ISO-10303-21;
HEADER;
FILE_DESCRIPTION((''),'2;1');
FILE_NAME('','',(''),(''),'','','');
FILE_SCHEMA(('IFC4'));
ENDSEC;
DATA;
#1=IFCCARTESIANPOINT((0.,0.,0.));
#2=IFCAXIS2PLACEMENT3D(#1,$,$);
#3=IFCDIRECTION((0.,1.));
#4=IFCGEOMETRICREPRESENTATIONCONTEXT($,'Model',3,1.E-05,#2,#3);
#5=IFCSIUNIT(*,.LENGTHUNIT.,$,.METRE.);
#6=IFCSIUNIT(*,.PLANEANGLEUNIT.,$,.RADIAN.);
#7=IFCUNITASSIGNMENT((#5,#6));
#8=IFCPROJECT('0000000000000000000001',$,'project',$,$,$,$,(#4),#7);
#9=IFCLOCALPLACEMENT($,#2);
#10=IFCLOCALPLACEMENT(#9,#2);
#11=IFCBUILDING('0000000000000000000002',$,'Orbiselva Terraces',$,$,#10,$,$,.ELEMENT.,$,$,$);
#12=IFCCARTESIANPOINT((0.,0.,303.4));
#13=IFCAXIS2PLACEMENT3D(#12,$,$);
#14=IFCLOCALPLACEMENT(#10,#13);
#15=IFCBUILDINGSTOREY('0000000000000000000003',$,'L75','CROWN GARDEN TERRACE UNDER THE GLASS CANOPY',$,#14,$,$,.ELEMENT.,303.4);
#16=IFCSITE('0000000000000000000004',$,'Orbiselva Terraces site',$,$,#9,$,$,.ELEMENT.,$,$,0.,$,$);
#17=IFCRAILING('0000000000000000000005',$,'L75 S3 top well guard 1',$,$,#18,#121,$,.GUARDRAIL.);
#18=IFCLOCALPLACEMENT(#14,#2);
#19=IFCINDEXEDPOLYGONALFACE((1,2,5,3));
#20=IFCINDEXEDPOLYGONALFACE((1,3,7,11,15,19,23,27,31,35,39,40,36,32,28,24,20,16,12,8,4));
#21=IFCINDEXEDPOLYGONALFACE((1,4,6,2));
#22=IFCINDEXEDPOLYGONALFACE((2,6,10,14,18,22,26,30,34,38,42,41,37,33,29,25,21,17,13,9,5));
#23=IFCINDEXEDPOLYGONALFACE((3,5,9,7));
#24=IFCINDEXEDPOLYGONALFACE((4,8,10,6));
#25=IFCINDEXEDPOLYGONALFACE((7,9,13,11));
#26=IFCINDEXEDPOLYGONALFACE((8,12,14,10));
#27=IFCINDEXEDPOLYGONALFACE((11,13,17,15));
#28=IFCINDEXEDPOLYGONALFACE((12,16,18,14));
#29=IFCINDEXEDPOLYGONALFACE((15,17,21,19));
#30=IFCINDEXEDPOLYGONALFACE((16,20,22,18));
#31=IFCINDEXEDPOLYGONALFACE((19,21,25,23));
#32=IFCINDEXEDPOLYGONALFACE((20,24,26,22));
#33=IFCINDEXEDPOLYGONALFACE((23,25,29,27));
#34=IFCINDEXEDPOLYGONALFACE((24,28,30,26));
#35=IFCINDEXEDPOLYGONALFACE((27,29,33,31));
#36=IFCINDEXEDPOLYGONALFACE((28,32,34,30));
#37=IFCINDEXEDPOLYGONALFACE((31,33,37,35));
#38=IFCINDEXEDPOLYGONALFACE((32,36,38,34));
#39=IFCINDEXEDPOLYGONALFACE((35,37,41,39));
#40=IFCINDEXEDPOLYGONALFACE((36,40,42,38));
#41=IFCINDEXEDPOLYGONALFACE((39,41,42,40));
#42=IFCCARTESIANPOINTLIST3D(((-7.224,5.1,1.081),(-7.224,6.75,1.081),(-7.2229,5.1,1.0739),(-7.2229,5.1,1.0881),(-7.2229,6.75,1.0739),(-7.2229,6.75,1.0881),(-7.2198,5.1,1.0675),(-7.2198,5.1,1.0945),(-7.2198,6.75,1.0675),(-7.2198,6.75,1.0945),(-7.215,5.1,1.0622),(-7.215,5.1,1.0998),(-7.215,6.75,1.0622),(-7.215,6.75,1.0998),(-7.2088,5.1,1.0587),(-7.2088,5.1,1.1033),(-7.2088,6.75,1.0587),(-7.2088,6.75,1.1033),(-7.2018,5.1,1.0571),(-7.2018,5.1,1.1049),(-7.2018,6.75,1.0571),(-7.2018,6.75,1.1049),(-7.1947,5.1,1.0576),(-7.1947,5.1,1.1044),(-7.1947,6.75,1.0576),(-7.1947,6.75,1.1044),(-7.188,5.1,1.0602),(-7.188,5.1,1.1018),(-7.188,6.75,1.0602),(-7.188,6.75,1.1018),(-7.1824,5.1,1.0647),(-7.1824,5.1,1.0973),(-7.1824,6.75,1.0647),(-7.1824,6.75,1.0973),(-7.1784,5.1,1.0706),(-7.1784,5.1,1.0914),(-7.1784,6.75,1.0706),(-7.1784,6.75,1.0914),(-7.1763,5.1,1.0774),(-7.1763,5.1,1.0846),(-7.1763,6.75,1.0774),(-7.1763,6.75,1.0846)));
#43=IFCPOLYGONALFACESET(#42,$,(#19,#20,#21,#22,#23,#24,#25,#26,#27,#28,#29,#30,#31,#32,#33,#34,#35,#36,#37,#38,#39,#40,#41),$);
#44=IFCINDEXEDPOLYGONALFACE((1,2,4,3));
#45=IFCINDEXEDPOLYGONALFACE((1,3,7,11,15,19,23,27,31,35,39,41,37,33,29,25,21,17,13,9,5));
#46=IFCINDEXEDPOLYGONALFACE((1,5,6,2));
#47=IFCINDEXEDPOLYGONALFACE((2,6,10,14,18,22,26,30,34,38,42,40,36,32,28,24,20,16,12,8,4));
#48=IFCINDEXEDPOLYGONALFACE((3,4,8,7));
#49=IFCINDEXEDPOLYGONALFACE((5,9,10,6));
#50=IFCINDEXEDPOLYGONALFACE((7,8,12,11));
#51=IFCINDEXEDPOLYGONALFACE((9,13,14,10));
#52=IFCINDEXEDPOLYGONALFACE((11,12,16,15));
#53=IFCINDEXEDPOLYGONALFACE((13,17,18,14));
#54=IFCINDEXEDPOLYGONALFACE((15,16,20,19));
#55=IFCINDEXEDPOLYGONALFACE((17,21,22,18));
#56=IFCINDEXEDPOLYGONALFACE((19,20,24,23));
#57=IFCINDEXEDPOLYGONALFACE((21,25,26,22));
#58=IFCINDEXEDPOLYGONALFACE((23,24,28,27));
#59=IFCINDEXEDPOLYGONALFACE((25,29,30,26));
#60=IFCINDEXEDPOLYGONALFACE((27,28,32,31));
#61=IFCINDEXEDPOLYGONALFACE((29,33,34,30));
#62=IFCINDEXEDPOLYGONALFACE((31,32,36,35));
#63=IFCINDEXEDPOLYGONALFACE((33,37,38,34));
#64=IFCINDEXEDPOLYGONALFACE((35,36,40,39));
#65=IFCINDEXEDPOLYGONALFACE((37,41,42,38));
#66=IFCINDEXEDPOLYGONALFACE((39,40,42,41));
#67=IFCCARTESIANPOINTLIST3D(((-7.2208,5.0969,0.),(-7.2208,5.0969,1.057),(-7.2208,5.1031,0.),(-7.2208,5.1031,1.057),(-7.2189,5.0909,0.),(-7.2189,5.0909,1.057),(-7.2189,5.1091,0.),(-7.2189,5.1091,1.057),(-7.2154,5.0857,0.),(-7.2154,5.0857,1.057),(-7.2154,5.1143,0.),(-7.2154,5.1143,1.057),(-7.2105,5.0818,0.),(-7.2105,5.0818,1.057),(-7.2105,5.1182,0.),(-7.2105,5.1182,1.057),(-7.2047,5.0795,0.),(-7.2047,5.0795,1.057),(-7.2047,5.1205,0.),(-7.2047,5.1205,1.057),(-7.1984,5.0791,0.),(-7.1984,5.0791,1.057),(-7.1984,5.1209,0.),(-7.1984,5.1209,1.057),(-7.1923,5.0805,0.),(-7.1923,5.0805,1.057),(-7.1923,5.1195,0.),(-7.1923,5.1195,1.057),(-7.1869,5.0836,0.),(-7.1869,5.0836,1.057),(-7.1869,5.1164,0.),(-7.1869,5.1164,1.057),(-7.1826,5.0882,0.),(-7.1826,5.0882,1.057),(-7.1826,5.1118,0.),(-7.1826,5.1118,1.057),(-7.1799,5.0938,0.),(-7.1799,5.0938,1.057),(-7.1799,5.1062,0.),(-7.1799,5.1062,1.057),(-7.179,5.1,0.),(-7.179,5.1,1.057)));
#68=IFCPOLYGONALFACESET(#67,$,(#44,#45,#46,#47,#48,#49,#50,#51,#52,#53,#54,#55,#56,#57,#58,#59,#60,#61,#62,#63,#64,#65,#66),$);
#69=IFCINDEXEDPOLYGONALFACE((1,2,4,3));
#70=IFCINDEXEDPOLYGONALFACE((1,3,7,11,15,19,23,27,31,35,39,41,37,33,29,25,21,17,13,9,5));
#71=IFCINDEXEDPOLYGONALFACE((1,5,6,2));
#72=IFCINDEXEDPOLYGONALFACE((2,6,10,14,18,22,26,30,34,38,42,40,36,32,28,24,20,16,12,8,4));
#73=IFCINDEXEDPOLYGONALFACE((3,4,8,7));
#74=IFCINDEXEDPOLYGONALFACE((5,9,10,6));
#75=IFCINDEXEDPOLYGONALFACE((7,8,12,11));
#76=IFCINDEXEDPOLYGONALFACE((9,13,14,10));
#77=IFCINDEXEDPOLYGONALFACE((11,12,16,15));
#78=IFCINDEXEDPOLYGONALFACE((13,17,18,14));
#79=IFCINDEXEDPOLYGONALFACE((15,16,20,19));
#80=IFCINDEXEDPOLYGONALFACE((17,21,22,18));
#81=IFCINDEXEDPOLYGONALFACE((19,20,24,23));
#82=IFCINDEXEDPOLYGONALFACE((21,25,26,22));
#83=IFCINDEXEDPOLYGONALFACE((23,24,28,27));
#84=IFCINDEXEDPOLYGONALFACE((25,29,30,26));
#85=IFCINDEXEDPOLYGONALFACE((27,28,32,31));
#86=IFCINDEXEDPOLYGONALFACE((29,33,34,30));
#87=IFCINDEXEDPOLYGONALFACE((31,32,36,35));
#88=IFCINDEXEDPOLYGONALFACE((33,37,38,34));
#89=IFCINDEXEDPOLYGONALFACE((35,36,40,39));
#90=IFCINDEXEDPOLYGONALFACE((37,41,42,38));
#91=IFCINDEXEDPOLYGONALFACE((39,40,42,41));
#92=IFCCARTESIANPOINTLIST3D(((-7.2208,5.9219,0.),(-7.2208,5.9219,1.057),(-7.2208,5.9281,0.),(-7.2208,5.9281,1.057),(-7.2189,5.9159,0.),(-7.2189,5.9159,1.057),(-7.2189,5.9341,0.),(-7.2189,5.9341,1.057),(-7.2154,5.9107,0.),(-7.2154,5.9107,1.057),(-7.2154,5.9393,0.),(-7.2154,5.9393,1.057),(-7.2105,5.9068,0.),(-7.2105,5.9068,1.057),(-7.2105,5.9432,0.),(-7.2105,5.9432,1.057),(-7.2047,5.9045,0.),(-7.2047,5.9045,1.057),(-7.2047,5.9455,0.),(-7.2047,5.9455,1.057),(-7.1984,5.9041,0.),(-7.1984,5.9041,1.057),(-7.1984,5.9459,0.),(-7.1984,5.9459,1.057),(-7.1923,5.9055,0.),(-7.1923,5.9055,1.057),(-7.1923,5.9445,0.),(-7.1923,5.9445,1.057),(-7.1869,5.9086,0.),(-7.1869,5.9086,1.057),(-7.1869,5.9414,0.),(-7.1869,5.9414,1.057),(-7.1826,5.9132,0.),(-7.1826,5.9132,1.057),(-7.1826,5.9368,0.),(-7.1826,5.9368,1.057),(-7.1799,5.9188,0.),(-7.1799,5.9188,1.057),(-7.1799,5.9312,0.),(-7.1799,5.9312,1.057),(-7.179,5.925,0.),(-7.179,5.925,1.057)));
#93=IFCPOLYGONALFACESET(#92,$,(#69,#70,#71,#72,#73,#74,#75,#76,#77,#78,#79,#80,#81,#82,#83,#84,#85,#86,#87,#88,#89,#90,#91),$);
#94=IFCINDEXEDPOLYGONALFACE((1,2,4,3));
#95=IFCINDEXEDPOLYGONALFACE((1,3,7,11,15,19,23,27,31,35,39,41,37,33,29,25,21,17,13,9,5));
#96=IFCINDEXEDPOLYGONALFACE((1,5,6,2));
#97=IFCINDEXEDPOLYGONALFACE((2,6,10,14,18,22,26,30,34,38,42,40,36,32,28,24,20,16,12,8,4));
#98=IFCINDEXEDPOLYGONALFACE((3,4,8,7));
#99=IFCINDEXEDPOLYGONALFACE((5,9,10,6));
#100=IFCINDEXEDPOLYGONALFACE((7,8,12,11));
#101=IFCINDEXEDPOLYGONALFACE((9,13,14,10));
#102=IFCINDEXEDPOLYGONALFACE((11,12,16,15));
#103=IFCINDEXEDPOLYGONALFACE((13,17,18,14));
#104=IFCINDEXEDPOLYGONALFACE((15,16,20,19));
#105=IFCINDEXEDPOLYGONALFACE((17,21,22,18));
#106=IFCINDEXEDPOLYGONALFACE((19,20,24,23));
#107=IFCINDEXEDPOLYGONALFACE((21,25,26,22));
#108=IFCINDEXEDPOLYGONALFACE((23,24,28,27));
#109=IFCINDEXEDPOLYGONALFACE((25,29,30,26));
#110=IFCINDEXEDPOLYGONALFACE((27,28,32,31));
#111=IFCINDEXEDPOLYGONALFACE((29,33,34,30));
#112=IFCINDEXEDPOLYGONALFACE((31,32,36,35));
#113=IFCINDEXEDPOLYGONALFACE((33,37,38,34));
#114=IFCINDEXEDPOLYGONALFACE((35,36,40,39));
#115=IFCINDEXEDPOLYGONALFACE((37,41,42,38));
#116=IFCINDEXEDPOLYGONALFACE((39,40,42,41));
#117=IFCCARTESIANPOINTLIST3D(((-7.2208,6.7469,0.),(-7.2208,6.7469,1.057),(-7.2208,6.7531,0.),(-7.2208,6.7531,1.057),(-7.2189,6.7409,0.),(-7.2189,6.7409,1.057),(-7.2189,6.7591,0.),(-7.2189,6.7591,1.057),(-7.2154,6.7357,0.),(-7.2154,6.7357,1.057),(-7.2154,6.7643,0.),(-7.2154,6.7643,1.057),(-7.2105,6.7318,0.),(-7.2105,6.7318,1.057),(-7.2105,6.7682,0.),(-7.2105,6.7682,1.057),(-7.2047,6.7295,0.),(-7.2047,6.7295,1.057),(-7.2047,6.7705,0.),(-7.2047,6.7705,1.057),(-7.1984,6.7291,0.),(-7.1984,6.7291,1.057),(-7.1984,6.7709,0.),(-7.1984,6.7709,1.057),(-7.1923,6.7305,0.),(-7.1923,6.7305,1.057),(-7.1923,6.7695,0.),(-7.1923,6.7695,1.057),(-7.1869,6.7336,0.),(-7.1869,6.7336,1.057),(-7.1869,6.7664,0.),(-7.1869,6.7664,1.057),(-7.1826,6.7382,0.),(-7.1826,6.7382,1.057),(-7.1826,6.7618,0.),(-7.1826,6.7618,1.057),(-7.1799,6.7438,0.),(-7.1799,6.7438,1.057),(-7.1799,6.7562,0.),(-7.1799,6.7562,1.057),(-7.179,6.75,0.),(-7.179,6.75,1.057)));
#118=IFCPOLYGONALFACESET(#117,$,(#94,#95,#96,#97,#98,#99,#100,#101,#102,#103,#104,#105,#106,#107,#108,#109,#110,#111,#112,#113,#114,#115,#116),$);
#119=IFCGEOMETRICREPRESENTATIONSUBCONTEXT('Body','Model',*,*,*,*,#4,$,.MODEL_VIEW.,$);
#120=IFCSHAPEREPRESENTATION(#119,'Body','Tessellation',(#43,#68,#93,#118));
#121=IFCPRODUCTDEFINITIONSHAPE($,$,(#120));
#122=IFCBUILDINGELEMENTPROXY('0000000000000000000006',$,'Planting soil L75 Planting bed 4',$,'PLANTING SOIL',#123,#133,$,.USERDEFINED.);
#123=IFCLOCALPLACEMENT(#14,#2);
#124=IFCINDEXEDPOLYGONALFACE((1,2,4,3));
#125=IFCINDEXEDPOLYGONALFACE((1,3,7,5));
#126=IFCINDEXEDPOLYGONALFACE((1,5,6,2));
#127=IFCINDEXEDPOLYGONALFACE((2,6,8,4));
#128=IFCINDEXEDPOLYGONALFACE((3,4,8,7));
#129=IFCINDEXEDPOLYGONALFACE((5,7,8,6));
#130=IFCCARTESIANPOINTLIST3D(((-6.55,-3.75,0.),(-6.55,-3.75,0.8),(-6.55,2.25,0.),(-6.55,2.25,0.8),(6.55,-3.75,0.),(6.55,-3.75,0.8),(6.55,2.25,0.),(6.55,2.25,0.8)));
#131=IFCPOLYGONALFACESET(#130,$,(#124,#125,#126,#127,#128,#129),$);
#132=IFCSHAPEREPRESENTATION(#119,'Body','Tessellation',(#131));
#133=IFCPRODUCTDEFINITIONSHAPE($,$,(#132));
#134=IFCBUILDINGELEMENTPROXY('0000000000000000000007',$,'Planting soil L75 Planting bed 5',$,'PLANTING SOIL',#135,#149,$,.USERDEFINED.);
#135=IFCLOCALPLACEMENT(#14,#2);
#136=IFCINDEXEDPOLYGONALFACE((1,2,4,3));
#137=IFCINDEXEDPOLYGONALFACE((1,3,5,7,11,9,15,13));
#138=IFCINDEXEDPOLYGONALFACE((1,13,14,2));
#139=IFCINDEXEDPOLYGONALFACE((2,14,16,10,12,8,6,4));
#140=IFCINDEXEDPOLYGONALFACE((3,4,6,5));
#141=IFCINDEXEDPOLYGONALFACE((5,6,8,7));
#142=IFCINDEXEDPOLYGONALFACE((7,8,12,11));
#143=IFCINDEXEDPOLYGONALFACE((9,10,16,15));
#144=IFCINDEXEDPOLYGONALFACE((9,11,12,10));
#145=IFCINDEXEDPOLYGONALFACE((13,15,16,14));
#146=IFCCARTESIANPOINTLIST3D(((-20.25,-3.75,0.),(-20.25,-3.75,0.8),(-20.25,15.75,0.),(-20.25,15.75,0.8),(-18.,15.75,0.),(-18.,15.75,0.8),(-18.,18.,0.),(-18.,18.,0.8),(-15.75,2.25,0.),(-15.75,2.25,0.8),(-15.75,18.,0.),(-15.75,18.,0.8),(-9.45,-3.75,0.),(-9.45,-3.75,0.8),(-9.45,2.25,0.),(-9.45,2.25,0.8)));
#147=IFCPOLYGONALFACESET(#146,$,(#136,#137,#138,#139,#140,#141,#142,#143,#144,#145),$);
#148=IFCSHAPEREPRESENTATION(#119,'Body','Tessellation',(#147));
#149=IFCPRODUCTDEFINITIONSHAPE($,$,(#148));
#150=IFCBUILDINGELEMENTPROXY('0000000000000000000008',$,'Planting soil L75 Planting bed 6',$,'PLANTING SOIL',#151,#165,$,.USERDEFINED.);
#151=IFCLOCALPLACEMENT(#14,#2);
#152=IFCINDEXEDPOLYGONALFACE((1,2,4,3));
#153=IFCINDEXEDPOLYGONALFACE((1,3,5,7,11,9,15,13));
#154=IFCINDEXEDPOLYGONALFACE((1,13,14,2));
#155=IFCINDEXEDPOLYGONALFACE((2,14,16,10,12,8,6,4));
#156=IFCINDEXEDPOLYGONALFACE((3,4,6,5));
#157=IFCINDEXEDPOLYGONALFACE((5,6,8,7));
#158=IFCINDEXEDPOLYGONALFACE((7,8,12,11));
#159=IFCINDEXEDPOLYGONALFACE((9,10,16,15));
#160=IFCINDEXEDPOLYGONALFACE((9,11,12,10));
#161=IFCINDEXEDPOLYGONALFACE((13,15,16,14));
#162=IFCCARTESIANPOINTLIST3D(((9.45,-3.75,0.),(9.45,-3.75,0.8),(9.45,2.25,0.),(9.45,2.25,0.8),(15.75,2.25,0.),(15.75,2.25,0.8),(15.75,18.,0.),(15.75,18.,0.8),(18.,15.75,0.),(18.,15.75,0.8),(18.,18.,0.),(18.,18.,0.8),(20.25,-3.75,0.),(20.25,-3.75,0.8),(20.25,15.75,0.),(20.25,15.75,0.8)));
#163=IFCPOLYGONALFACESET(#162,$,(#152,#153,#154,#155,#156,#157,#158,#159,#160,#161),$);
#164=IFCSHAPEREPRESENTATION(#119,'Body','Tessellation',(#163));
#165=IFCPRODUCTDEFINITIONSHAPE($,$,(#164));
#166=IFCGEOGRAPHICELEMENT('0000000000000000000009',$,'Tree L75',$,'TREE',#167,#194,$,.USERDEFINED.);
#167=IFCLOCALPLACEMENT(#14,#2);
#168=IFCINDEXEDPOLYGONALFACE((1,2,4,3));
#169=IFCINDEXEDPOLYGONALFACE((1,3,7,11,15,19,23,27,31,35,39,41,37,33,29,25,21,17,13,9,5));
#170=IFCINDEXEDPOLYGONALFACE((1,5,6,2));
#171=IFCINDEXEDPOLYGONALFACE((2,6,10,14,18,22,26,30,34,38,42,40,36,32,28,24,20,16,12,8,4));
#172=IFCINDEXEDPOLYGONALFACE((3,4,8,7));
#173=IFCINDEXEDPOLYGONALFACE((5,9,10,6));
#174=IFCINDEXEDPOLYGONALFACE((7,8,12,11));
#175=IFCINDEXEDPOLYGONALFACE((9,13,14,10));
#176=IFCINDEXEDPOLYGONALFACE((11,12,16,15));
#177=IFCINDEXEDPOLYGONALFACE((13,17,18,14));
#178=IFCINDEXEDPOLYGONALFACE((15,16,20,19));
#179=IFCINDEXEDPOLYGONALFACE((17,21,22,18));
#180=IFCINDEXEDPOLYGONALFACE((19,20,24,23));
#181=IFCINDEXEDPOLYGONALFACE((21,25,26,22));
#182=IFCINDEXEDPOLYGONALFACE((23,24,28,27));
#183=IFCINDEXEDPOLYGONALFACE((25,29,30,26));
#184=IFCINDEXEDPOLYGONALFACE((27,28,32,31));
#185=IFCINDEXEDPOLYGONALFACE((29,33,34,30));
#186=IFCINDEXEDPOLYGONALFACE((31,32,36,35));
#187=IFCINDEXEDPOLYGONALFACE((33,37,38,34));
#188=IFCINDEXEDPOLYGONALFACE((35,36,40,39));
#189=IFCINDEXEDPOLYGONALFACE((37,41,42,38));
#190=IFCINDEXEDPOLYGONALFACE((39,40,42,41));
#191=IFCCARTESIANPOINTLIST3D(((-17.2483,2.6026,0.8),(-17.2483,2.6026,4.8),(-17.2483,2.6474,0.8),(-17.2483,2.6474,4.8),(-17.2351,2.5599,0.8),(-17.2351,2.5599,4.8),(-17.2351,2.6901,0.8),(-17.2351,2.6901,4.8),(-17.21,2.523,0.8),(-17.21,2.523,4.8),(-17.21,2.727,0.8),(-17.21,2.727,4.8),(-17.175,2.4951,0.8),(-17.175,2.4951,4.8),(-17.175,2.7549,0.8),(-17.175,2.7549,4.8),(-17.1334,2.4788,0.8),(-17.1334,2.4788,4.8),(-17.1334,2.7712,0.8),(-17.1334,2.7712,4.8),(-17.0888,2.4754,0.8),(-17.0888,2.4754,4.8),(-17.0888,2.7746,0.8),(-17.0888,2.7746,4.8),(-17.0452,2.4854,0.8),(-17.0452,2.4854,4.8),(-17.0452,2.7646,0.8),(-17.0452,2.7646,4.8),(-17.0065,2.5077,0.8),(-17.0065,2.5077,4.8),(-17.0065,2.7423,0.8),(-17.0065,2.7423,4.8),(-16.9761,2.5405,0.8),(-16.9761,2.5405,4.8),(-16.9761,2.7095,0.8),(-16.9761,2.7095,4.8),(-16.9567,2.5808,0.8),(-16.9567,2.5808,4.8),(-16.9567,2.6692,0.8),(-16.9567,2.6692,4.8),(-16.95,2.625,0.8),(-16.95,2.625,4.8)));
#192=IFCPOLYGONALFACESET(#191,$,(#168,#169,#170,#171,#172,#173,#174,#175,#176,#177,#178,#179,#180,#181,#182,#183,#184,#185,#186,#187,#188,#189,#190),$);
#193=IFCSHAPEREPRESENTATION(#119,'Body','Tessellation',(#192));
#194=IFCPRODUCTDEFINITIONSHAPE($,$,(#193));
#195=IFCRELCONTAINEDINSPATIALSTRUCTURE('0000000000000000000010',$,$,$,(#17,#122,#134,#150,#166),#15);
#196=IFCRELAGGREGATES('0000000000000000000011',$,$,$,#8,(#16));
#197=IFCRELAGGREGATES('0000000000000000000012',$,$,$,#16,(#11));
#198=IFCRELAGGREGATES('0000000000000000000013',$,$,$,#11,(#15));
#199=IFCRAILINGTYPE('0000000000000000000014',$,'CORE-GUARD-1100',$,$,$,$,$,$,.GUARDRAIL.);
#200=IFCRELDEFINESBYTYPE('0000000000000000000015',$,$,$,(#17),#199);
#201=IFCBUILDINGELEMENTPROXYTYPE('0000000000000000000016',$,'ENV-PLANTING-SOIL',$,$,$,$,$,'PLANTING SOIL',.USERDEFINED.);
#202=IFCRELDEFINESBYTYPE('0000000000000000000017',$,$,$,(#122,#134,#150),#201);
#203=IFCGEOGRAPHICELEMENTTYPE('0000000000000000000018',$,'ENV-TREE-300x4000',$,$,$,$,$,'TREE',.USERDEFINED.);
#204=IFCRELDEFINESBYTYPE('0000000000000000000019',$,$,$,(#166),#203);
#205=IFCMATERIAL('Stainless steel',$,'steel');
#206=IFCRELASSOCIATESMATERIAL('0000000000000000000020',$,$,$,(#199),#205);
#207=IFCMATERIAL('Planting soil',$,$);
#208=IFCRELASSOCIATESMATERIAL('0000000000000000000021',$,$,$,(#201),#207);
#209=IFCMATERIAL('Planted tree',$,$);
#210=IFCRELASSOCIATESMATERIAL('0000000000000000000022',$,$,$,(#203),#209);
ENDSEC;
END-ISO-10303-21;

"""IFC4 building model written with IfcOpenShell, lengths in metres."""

from ifc_helpers import new_model, si_unit, direction, frame, origin, origin_2d, place, context, subcontext, project, spatial, polyline, circle, outline, extrude, material, type_object, element, save


model = new_model("IFC4")

# Units and contexts
model_context = context("Model", 3, precision=1e-05, world=origin(), true_north=direction((0.0, 1.0)))
body_context = subcontext(model_context, "Body", "Model", "MODEL_VIEW")
ifc_project = project(units=[si_unit("LENGTHUNIT", "METRE"), si_unit("PLANEANGLEUNIT", "RADIAN")], contexts=[model_context])

# Site, building, storey
site_placement = place(None, origin())
site = spatial("IfcSite", under=ifc_project, at=site_placement, Name="Orbiselva Terraces site", CompositionType="ELEMENT", RefElevation=0.0)
building_placement = place(site_placement, origin())
building = spatial("IfcBuilding", under=site, at=building_placement, Name="Orbiselva Terraces", CompositionType="ELEMENT")
storey_placement = place(building_placement, frame((0.0, 0.0, 303.4)))
storey = spatial("IfcBuildingStorey", under=building, at=storey_placement, Name="L75", Description="CROWN GARDEN TERRACE UNDER THE GLASS CANOPY", CompositionType="ELEMENT", Elevation=303.4)

# Railing
ifc_material_1 = material(Name="Stainless steel", Category="steel")
railing_type = type_object("IfcRailingType", Name="CORE-GUARD-1100", PredefinedType="GUARDRAIL", material=ifc_material_1)
railing_1_placement = place(storey_placement, frame((-7.2, 5.1, 0.0)))
element("IfcRailing", 1, at=railing_1_placement, inside=storey, type_object=railing_type, Name="L75 S3 top well guard 1", PredefinedType="GUARDRAIL", context=body_context, shape_type="SweptSolid", body=[
    extrude(circle(Radius=0.024, at=origin_2d()), frame((0.0, 0.0, 1.081), z_axis=(0.0, 1.0, 0.0), x_axis=(-1.0, 0.0, 0.0)), (0.0, 0.0, 1.0), 1.65),
    extrude(circle(Radius=0.021, at=origin_2d()), origin(), (0.0, 0.0, 1.0), 1.057),
    extrude(circle(Radius=0.021, at=origin_2d()), frame((0.0, 0.825, 0.0)), (0.0, 0.0, 1.0), 1.057),
    extrude(circle(Radius=0.021, at=origin_2d()), frame((0.0, 1.65, 0.0)), (0.0, 0.0, 1.0), 1.057),
])

# Building element proxies
ifc_material_2 = material(Name="Planting soil")
building_element_proxy_type = type_object("IfcBuildingElementProxyType", Name="ENV-PLANTING-SOIL", ElementType="PLANTING SOIL", PredefinedType="USERDEFINED", material=ifc_material_2)
proxy_1_placement = place(storey_placement, origin())
element("IfcBuildingElementProxy", 2, at=proxy_1_placement, inside=storey, type_object=building_element_proxy_type, Name="Planting soil L75 Planting bed 4", ObjectType="PLANTING SOIL", PredefinedType="USERDEFINED", context=body_context, shape_type="SweptSolid", body=[
    extrude(outline(polyline([(6.55, 2.25), (6.55, -3.75), (-6.55, -3.75), (-6.55, 2.25), (6.55, 2.25)])), origin(), (0.0, 0.0, 1.0), 0.8),
])
proxy_2_placement = place(storey_placement, origin())
element("IfcBuildingElementProxy", 3, at=proxy_2_placement, inside=storey, type_object=building_element_proxy_type, Name="Planting soil L75 Planting bed 5", ObjectType="PLANTING SOIL", PredefinedType="USERDEFINED", context=body_context, shape_type="SweptSolid", body=[
    extrude(outline(polyline([(-20.25, 15.75), (-18.0, 15.75), (-18.0, 18.0), (-15.75, 18.0), (-15.75, 2.25), (-9.45, 2.25), (-9.45, -3.75), (-20.25, -3.75), (-20.25, 15.75)])), origin(), (0.0, 0.0, 1.0), 0.8),
])
proxy_3_placement = place(storey_placement, origin())
element("IfcBuildingElementProxy", 4, at=proxy_3_placement, inside=storey, type_object=building_element_proxy_type, Name="Planting soil L75 Planting bed 6", ObjectType="PLANTING SOIL", PredefinedType="USERDEFINED", context=body_context, shape_type="SweptSolid", body=[
    extrude(outline(polyline([(15.75, 18.0), (18.0, 18.0), (18.0, 15.75), (20.25, 15.75), (20.25, -3.75), (9.45, -3.75), (9.45, 2.25), (15.75, 2.25), (15.75, 18.0)])), origin(), (0.0, 0.0, 1.0), 0.8),
])

# Geographic element
ifc_material_3 = material(Name="Planted tree")
geographic_element_type = type_object("IfcGeographicElementType", Name="ENV-TREE-300x4000", ElementType="TREE", PredefinedType="USERDEFINED", material=ifc_material_3)
for number, where, z_axis, x_axis, name in (
    (5, (-17.1, 2.625, 4.8), (0.0, 0.0, -1.0), (1.0, 0.0, 0.0), "Tree L75"),
):
    element("IfcGeographicElement", number, at=place(storey_placement, frame(where, z_axis=z_axis, x_axis=x_axis)), inside=storey, type_object=geographic_element_type, Name=name, ObjectType="TREE", PredefinedType="USERDEFINED", context=body_context, shape_type="SweptSolid", body=[
        extrude(circle(Radius=0.15, at=origin_2d()), origin(), (0.0, 0.0, 1.0), 4.0),
    ])

save(model, "model.ifc")
